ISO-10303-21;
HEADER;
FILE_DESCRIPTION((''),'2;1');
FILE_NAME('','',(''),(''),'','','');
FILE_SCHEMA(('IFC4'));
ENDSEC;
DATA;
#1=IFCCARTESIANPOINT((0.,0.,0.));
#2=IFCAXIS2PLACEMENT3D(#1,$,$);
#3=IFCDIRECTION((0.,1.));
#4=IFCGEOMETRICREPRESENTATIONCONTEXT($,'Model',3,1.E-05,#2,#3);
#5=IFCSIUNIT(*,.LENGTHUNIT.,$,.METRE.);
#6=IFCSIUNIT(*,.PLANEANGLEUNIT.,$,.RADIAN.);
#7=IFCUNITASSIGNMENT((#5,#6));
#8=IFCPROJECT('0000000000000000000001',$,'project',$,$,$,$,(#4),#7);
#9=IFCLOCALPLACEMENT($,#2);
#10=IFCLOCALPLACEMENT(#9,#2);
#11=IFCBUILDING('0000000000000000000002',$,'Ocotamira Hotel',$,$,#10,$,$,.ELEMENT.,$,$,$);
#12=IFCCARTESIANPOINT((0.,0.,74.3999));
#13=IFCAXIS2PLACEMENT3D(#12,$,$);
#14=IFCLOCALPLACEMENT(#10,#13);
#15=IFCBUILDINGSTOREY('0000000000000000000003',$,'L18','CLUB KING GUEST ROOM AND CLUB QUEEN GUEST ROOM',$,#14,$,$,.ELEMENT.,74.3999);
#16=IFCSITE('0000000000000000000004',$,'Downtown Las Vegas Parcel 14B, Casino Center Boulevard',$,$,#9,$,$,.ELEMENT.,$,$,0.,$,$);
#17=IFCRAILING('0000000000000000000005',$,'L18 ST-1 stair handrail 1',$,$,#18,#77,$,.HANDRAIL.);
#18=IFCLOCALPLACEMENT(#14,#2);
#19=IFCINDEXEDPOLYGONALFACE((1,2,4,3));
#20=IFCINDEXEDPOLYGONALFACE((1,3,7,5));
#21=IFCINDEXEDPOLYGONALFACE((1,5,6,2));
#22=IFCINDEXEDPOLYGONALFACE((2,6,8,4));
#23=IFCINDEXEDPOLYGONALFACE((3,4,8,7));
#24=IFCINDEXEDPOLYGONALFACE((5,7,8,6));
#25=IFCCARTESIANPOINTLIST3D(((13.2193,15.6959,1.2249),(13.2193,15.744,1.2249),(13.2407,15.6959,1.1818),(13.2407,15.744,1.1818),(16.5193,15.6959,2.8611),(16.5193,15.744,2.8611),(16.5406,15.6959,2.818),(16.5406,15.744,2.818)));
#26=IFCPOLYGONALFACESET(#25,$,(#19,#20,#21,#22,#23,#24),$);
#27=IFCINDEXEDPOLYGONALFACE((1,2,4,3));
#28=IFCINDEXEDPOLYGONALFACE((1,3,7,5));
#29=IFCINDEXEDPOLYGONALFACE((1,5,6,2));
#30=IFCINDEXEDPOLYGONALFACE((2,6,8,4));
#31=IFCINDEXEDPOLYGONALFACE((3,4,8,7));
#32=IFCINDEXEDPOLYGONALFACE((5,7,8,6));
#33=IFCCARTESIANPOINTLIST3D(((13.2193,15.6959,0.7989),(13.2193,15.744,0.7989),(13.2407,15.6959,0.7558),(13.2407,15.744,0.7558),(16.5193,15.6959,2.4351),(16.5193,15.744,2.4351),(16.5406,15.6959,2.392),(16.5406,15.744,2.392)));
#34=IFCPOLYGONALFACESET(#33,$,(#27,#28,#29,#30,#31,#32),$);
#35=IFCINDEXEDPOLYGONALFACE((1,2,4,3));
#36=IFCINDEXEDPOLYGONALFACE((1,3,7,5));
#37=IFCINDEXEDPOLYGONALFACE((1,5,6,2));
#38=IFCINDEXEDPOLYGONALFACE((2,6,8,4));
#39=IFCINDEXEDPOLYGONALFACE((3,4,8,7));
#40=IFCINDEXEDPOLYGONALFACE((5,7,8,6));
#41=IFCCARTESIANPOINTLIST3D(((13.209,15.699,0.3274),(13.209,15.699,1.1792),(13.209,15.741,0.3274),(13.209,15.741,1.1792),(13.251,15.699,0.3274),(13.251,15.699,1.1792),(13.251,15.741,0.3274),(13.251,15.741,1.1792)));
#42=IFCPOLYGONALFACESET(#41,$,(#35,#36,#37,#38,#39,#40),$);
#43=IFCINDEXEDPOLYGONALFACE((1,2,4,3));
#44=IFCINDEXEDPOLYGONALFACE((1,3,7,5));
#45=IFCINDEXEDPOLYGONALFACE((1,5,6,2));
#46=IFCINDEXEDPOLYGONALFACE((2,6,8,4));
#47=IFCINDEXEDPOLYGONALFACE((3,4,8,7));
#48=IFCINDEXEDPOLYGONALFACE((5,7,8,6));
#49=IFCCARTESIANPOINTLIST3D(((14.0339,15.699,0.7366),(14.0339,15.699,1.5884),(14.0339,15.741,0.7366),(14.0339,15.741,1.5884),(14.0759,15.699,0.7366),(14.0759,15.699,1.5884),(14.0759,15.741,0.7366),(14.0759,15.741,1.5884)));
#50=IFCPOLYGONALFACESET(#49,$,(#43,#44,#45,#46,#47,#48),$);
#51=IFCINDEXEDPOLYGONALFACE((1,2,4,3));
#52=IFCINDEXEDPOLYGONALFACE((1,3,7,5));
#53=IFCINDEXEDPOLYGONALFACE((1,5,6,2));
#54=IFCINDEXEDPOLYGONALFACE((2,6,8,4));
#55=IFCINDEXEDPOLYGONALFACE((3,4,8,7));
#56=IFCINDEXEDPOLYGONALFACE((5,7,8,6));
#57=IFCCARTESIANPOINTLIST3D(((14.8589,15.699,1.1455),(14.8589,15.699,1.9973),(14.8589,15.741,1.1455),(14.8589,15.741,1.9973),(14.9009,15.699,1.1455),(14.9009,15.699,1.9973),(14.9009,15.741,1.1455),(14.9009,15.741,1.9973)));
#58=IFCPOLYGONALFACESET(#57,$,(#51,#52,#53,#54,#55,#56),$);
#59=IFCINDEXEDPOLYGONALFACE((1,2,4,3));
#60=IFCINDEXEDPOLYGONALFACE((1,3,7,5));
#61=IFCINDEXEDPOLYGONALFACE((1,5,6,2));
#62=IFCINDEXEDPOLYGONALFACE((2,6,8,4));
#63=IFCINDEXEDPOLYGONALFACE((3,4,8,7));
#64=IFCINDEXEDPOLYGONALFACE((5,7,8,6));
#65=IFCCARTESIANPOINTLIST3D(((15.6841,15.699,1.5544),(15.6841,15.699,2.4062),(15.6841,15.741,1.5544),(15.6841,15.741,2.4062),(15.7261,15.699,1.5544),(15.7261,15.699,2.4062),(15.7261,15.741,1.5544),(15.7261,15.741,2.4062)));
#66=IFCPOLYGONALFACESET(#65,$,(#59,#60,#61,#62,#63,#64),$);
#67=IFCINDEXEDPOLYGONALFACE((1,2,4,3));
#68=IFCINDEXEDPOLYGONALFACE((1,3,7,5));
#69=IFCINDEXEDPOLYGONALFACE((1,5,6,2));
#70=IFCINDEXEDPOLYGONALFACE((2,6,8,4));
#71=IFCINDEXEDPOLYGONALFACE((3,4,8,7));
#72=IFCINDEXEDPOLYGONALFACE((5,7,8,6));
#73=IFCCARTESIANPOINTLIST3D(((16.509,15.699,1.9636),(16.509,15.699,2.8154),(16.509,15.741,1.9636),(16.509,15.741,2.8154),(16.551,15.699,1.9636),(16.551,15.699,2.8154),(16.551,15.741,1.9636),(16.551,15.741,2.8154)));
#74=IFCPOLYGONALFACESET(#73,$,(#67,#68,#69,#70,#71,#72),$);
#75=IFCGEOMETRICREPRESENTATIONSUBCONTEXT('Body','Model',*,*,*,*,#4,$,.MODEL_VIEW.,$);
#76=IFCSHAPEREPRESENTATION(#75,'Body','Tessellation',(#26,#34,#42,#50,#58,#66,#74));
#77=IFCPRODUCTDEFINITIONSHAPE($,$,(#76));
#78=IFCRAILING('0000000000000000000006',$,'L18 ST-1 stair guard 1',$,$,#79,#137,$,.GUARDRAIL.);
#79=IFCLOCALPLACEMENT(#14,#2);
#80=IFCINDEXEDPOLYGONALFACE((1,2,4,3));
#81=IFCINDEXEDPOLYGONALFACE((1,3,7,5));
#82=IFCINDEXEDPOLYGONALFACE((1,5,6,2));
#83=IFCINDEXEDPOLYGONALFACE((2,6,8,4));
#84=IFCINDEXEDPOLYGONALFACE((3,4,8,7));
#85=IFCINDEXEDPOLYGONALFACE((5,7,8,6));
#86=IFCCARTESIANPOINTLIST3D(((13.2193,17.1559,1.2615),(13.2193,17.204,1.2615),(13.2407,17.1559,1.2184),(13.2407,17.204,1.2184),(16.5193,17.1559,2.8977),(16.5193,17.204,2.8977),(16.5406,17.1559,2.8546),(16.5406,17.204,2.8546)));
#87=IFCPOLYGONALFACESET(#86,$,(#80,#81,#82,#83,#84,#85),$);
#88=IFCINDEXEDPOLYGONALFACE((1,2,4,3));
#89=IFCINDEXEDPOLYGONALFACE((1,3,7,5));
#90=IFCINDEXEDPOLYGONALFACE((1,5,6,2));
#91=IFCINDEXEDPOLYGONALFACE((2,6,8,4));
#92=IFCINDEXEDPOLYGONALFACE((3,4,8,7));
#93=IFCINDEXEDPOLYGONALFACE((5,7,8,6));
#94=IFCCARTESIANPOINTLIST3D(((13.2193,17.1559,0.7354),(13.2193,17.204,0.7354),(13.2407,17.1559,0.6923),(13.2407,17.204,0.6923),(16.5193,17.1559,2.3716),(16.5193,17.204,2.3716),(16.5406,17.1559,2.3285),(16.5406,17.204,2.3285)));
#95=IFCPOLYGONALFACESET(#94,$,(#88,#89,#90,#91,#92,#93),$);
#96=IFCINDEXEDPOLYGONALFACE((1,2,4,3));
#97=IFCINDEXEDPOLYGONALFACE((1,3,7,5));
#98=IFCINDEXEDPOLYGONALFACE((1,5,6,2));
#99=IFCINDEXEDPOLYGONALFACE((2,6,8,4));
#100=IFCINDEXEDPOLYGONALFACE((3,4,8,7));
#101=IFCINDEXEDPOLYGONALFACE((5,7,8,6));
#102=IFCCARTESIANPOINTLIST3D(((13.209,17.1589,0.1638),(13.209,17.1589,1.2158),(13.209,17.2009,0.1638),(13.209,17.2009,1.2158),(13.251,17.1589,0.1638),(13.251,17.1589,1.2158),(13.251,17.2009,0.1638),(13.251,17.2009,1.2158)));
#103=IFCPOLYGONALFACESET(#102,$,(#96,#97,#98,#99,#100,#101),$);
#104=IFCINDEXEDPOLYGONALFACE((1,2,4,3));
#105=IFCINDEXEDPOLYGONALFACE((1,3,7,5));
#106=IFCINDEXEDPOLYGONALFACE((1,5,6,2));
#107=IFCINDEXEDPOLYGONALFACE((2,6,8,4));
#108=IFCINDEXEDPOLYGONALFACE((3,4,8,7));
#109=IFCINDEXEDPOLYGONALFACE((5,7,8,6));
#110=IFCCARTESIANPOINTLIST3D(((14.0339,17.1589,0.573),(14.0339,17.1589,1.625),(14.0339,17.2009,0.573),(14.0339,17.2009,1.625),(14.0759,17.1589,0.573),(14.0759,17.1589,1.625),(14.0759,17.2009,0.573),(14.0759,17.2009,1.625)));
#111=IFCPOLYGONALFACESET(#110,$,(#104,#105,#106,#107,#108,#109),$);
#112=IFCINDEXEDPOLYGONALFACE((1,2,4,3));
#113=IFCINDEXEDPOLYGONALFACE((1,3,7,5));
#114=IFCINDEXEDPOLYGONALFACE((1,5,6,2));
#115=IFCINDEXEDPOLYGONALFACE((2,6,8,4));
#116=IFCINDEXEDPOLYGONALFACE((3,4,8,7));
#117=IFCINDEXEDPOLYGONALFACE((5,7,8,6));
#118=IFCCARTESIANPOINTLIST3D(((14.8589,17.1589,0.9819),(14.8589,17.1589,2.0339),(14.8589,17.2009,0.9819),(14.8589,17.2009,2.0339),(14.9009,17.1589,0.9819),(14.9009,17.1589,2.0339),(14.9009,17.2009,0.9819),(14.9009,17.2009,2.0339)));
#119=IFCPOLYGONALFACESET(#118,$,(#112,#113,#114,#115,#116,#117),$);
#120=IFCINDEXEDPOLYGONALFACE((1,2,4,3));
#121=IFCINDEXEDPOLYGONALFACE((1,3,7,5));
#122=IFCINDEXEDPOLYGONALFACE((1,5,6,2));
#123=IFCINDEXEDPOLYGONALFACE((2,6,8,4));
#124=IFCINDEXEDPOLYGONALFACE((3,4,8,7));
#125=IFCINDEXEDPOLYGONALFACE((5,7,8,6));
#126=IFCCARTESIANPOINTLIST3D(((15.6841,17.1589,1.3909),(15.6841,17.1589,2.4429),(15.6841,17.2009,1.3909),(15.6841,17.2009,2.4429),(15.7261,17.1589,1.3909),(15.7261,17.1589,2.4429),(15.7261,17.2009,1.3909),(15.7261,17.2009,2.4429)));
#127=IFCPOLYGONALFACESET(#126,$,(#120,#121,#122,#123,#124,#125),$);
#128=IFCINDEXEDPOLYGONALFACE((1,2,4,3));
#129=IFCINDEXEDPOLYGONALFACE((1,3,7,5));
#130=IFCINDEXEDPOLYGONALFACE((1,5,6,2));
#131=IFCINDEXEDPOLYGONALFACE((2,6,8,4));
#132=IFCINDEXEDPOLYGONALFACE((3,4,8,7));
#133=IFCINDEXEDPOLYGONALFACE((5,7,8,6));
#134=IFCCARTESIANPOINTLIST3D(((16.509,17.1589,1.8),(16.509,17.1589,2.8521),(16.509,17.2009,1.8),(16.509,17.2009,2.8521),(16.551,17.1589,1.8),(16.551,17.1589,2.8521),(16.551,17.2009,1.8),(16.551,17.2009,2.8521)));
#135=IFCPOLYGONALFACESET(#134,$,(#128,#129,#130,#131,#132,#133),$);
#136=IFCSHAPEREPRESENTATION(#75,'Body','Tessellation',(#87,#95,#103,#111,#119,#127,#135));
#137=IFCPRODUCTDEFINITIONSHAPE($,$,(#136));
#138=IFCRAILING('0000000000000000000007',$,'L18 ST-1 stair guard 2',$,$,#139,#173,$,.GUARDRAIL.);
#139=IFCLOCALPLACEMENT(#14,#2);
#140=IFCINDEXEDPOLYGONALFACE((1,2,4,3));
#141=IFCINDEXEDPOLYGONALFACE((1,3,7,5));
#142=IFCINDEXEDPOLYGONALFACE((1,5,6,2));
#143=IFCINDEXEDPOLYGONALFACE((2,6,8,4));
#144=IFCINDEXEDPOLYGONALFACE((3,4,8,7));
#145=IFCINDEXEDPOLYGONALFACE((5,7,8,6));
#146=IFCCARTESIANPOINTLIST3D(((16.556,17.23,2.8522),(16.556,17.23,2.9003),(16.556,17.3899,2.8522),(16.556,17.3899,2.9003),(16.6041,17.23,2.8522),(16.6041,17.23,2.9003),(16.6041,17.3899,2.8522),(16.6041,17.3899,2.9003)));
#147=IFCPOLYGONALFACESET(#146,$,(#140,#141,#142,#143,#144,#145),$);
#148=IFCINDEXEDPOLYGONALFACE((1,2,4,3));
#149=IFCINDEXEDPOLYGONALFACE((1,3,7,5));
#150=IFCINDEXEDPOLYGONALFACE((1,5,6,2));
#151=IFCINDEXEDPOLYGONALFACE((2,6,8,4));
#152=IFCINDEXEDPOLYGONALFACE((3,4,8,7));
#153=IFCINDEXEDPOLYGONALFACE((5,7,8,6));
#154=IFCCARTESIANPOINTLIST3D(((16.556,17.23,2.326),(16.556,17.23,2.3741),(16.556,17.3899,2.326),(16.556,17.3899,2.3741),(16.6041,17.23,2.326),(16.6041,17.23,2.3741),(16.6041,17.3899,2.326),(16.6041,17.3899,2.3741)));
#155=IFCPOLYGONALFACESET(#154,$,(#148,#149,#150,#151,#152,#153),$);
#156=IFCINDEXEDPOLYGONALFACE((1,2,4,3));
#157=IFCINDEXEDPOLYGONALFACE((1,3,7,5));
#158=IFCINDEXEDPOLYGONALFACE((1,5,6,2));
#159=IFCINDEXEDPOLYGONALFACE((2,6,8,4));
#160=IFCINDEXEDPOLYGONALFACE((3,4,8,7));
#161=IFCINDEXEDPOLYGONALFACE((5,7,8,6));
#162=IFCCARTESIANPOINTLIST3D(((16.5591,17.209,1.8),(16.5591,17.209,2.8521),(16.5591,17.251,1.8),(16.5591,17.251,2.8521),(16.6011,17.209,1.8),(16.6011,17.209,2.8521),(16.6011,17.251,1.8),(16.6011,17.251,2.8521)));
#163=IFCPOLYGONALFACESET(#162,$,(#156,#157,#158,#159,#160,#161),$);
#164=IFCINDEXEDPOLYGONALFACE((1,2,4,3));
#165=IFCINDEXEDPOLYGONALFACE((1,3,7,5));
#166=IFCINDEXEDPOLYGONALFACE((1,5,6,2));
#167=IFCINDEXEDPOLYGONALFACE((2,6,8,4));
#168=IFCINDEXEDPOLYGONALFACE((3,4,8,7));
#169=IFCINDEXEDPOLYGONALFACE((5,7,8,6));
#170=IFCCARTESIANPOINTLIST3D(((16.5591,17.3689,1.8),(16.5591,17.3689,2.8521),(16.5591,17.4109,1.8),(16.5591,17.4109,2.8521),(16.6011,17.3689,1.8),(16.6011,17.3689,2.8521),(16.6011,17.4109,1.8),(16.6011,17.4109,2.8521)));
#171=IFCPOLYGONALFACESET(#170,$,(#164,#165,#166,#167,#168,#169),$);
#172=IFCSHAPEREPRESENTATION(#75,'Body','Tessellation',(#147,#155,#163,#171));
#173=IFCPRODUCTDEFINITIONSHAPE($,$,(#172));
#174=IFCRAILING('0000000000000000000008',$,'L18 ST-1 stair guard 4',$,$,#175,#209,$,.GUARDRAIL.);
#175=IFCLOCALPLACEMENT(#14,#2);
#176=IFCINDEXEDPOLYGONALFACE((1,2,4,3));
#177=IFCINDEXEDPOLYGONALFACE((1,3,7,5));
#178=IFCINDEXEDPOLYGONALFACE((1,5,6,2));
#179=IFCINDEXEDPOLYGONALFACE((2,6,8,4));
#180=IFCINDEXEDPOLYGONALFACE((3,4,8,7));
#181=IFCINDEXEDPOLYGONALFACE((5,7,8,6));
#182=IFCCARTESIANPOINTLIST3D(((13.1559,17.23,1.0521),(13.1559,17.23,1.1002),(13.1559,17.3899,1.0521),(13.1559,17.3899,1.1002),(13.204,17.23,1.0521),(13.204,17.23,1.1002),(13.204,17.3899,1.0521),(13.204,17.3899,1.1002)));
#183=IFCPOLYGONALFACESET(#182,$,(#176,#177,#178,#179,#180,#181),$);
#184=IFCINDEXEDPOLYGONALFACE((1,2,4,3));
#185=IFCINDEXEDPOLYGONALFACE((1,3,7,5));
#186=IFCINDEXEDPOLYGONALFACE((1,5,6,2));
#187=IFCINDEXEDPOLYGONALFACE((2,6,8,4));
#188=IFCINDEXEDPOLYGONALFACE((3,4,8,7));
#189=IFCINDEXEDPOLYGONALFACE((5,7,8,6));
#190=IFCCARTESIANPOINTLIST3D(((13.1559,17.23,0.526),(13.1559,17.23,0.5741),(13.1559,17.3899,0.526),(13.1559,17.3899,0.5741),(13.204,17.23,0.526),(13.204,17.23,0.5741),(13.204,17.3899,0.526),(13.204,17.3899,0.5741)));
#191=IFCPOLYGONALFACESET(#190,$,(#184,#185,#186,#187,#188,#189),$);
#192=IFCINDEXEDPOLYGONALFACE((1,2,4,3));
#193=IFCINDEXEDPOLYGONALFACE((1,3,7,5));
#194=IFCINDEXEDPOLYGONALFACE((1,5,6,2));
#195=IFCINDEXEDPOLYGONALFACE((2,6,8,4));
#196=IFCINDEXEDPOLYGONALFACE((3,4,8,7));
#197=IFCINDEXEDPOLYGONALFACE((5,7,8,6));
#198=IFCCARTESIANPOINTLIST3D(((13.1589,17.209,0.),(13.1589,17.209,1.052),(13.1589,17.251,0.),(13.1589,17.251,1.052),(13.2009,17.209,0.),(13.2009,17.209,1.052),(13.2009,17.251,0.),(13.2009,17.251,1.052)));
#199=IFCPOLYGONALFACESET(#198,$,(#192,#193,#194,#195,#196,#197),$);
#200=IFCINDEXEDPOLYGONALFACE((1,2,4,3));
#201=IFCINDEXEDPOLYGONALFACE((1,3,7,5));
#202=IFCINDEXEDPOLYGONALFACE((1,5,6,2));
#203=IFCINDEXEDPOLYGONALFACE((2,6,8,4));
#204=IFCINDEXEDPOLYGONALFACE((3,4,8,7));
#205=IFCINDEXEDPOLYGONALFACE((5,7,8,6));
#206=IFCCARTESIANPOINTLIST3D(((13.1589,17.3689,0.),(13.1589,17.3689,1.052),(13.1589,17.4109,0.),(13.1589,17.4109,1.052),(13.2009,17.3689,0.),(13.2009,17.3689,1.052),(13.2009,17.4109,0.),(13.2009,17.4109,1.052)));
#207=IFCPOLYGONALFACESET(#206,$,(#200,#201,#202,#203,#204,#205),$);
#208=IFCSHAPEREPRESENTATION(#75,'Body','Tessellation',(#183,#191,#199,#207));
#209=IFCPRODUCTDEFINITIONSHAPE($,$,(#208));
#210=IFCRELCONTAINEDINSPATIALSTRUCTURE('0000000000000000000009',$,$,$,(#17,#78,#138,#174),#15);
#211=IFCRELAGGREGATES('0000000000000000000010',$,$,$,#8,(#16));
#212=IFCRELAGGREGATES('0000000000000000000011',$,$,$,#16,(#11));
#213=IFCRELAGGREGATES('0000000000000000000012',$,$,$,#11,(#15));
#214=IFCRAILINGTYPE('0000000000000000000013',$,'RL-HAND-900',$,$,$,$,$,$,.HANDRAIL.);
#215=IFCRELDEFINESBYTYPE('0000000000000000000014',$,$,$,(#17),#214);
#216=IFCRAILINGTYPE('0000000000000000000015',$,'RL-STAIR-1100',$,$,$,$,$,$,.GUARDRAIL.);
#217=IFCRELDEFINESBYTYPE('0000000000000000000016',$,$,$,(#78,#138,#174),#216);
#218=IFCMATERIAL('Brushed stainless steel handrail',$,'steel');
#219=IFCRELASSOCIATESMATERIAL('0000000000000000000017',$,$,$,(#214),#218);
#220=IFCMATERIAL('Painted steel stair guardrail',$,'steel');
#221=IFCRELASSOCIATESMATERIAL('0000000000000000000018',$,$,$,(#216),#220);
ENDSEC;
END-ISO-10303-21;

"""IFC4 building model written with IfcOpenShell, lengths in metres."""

from ifc_helpers import new_model, si_unit, direction, frame, origin, origin_2d, place, context, subcontext, project, spatial, rectangle, extrude, material, type_object, element, save


model = new_model("IFC4")

# Units and contexts
model_context = context("Model", 3, precision=1e-05, world=origin(), true_north=direction((0.0, 1.0)))
body_context = subcontext(model_context, "Body", "Model", "MODEL_VIEW")
ifc_project = project(units=[si_unit("LENGTHUNIT", "METRE"), si_unit("PLANEANGLEUNIT", "RADIAN")], contexts=[model_context])

# Site, building, storey
site_placement = place(None, origin())
site = spatial("IfcSite", under=ifc_project, at=site_placement, Name="Downtown Las Vegas Parcel 14B, Casino Center Boulevard", CompositionType="ELEMENT", RefElevation=0.0)
building_placement = place(site_placement, origin())
building = spatial("IfcBuilding", under=site, at=building_placement, Name="Ocotamira Hotel", CompositionType="ELEMENT")
storey_placement = place(building_placement, frame((0.0, 0.0, 74.3999)))
storey = spatial("IfcBuildingStorey", under=building, at=storey_placement, Name="L18", Description="CLUB KING GUEST ROOM AND CLUB QUEEN GUEST ROOM", CompositionType="ELEMENT", Elevation=74.3999)

# Railings
ifc_material_1 = material(Name="Painted steel stair guardrail", Category="steel")
ifc_material_2 = material(Name="Brushed stainless steel handrail", Category="steel")
railing_type_1 = type_object("IfcRailingType", Name="RL-HAND-900", PredefinedType="HANDRAIL", material=ifc_material_2)
railing_1_placement = place(storey_placement, frame((13.23, 15.72, 0.3274)))
element("IfcRailing", 1, at=railing_1_placement, inside=storey, type_object=railing_type_1, Name="L18 ST-1 stair handrail 1", PredefinedType="HANDRAIL", context=body_context, shape_type="SweptSolid", body=[
    extrude(rectangle(XDim=0.0481, YDim=0.0481, at=origin_2d()), frame((0.0, 0.0, 0.876), z_axis=(0.89592, 0.0, 0.444215), x_axis=(0.0, 1.0, 0.0)), (0.0, 0.0, 1.0), 3.6833),
    extrude(rectangle(XDim=0.0481, YDim=0.0481, at=origin_2d()), frame((0.0, 0.0, 0.45), z_axis=(0.89592, 0.0, 0.444215), x_axis=(0.0, 1.0, 0.0)), (0.0, 0.0, 1.0), 3.6833),
    extrude(rectangle(XDim=0.042, YDim=0.042, at=origin_2d()), origin(), (0.0, 0.0, 1.0), 0.8518),
    extrude(rectangle(XDim=0.042, YDim=0.042, at=origin_2d()), frame((0.825, 0.0, 0.4092)), (0.0, 0.0, 1.0), 0.8518),
    extrude(rectangle(XDim=0.042, YDim=0.042, at=origin_2d()), frame((1.6499, 0.0, 0.8181)), (0.0, 0.0, 1.0), 0.8518),
    extrude(rectangle(XDim=0.042, YDim=0.042, at=origin_2d()), frame((2.4751, 0.0, 1.2271)), (0.0, 0.0, 1.0), 0.8518),
    extrude(rectangle(XDim=0.042, YDim=0.042, at=origin_2d()), frame((3.3, 0.0, 1.6362)), (0.0, 0.0, 1.0), 0.8518),
])
railing_type_2 = type_object("IfcRailingType", Name="RL-STAIR-1100", PredefinedType="GUARDRAIL", material=ifc_material_1)
railing_2_placement = place(storey_placement, frame((13.23, 17.1799, 0.1638)))
element("IfcRailing", 2, at=railing_2_placement, inside=storey, type_object=railing_type_2, Name="L18 ST-1 stair guard 1", PredefinedType="GUARDRAIL", context=body_context, shape_type="SweptSolid", body=[
    extrude(rectangle(XDim=0.0481, YDim=0.0481, at=origin_2d()), frame((0.0, 0.0, 1.0762), z_axis=(0.89592, 0.0, 0.444215), x_axis=(0.0, 1.0, 0.0)), (0.0, 0.0, 1.0), 3.6833),
    extrude(rectangle(XDim=0.0481, YDim=0.0481, at=origin_2d()), frame((0.0, 0.0, 0.55), z_axis=(0.89592, 0.0, 0.444215), x_axis=(0.0, 1.0, 0.0)), (0.0, 0.0, 1.0), 3.6833),
    extrude(rectangle(XDim=0.042, YDim=0.042, at=origin_2d()), origin(), (0.0, 0.0, 1.0), 1.052),
    extrude(rectangle(XDim=0.042, YDim=0.042, at=origin_2d()), frame((0.825, 0.0, 0.4092)), (0.0, 0.0, 1.0), 1.052),
    extrude(rectangle(XDim=0.042, YDim=0.042, at=origin_2d()), frame((1.6499, 0.0, 0.8181)), (0.0, 0.0, 1.0), 1.052),
    extrude(rectangle(XDim=0.042, YDim=0.042, at=origin_2d()), frame((2.4751, 0.0, 1.2271)), (0.0, 0.0, 1.0), 1.052),
    extrude(rectangle(XDim=0.042, YDim=0.042, at=origin_2d()), frame((3.3, 0.0, 1.6362)), (0.0, 0.0, 1.0), 1.052),
])
for number, where, name in (
    (3, (16.5801, 17.23, 1.8), "L18 ST-1 stair guard 2"),
    (4, (13.1799, 17.23, 0.0), "L18 ST-1 stair guard 4"),
):
    element("IfcRailing", number, at=place(storey_placement, frame(where)), inside=storey, type_object=railing_type_2, Name=name, PredefinedType="GUARDRAIL", context=body_context, shape_type="SweptSolid", body=[
        extrude(rectangle(XDim=0.0481, YDim=0.0481, at=origin_2d()), frame((0.0, 0.0, 1.0762), z_axis=(0.0, 1.0, 0.0), x_axis=(-1.0, 0.0, 0.0)), (0.0, 0.0, 1.0), 0.1599),
        extrude(rectangle(XDim=0.0481, YDim=0.0481, at=origin_2d()), frame((0.0, 0.0, 0.55), z_axis=(0.0, 1.0, 0.0), x_axis=(-1.0, 0.0, 0.0)), (0.0, 0.0, 1.0), 0.1599),
        extrude(rectangle(XDim=0.042, YDim=0.042, at=origin_2d()), origin(), (0.0, 0.0, 1.0), 1.052),
        extrude(rectangle(XDim=0.042, YDim=0.042, at=origin_2d()), frame((0.0, 0.1599, 0.0)), (0.0, 0.0, 1.0), 1.052),
    ])

save(model, "model.ifc")
